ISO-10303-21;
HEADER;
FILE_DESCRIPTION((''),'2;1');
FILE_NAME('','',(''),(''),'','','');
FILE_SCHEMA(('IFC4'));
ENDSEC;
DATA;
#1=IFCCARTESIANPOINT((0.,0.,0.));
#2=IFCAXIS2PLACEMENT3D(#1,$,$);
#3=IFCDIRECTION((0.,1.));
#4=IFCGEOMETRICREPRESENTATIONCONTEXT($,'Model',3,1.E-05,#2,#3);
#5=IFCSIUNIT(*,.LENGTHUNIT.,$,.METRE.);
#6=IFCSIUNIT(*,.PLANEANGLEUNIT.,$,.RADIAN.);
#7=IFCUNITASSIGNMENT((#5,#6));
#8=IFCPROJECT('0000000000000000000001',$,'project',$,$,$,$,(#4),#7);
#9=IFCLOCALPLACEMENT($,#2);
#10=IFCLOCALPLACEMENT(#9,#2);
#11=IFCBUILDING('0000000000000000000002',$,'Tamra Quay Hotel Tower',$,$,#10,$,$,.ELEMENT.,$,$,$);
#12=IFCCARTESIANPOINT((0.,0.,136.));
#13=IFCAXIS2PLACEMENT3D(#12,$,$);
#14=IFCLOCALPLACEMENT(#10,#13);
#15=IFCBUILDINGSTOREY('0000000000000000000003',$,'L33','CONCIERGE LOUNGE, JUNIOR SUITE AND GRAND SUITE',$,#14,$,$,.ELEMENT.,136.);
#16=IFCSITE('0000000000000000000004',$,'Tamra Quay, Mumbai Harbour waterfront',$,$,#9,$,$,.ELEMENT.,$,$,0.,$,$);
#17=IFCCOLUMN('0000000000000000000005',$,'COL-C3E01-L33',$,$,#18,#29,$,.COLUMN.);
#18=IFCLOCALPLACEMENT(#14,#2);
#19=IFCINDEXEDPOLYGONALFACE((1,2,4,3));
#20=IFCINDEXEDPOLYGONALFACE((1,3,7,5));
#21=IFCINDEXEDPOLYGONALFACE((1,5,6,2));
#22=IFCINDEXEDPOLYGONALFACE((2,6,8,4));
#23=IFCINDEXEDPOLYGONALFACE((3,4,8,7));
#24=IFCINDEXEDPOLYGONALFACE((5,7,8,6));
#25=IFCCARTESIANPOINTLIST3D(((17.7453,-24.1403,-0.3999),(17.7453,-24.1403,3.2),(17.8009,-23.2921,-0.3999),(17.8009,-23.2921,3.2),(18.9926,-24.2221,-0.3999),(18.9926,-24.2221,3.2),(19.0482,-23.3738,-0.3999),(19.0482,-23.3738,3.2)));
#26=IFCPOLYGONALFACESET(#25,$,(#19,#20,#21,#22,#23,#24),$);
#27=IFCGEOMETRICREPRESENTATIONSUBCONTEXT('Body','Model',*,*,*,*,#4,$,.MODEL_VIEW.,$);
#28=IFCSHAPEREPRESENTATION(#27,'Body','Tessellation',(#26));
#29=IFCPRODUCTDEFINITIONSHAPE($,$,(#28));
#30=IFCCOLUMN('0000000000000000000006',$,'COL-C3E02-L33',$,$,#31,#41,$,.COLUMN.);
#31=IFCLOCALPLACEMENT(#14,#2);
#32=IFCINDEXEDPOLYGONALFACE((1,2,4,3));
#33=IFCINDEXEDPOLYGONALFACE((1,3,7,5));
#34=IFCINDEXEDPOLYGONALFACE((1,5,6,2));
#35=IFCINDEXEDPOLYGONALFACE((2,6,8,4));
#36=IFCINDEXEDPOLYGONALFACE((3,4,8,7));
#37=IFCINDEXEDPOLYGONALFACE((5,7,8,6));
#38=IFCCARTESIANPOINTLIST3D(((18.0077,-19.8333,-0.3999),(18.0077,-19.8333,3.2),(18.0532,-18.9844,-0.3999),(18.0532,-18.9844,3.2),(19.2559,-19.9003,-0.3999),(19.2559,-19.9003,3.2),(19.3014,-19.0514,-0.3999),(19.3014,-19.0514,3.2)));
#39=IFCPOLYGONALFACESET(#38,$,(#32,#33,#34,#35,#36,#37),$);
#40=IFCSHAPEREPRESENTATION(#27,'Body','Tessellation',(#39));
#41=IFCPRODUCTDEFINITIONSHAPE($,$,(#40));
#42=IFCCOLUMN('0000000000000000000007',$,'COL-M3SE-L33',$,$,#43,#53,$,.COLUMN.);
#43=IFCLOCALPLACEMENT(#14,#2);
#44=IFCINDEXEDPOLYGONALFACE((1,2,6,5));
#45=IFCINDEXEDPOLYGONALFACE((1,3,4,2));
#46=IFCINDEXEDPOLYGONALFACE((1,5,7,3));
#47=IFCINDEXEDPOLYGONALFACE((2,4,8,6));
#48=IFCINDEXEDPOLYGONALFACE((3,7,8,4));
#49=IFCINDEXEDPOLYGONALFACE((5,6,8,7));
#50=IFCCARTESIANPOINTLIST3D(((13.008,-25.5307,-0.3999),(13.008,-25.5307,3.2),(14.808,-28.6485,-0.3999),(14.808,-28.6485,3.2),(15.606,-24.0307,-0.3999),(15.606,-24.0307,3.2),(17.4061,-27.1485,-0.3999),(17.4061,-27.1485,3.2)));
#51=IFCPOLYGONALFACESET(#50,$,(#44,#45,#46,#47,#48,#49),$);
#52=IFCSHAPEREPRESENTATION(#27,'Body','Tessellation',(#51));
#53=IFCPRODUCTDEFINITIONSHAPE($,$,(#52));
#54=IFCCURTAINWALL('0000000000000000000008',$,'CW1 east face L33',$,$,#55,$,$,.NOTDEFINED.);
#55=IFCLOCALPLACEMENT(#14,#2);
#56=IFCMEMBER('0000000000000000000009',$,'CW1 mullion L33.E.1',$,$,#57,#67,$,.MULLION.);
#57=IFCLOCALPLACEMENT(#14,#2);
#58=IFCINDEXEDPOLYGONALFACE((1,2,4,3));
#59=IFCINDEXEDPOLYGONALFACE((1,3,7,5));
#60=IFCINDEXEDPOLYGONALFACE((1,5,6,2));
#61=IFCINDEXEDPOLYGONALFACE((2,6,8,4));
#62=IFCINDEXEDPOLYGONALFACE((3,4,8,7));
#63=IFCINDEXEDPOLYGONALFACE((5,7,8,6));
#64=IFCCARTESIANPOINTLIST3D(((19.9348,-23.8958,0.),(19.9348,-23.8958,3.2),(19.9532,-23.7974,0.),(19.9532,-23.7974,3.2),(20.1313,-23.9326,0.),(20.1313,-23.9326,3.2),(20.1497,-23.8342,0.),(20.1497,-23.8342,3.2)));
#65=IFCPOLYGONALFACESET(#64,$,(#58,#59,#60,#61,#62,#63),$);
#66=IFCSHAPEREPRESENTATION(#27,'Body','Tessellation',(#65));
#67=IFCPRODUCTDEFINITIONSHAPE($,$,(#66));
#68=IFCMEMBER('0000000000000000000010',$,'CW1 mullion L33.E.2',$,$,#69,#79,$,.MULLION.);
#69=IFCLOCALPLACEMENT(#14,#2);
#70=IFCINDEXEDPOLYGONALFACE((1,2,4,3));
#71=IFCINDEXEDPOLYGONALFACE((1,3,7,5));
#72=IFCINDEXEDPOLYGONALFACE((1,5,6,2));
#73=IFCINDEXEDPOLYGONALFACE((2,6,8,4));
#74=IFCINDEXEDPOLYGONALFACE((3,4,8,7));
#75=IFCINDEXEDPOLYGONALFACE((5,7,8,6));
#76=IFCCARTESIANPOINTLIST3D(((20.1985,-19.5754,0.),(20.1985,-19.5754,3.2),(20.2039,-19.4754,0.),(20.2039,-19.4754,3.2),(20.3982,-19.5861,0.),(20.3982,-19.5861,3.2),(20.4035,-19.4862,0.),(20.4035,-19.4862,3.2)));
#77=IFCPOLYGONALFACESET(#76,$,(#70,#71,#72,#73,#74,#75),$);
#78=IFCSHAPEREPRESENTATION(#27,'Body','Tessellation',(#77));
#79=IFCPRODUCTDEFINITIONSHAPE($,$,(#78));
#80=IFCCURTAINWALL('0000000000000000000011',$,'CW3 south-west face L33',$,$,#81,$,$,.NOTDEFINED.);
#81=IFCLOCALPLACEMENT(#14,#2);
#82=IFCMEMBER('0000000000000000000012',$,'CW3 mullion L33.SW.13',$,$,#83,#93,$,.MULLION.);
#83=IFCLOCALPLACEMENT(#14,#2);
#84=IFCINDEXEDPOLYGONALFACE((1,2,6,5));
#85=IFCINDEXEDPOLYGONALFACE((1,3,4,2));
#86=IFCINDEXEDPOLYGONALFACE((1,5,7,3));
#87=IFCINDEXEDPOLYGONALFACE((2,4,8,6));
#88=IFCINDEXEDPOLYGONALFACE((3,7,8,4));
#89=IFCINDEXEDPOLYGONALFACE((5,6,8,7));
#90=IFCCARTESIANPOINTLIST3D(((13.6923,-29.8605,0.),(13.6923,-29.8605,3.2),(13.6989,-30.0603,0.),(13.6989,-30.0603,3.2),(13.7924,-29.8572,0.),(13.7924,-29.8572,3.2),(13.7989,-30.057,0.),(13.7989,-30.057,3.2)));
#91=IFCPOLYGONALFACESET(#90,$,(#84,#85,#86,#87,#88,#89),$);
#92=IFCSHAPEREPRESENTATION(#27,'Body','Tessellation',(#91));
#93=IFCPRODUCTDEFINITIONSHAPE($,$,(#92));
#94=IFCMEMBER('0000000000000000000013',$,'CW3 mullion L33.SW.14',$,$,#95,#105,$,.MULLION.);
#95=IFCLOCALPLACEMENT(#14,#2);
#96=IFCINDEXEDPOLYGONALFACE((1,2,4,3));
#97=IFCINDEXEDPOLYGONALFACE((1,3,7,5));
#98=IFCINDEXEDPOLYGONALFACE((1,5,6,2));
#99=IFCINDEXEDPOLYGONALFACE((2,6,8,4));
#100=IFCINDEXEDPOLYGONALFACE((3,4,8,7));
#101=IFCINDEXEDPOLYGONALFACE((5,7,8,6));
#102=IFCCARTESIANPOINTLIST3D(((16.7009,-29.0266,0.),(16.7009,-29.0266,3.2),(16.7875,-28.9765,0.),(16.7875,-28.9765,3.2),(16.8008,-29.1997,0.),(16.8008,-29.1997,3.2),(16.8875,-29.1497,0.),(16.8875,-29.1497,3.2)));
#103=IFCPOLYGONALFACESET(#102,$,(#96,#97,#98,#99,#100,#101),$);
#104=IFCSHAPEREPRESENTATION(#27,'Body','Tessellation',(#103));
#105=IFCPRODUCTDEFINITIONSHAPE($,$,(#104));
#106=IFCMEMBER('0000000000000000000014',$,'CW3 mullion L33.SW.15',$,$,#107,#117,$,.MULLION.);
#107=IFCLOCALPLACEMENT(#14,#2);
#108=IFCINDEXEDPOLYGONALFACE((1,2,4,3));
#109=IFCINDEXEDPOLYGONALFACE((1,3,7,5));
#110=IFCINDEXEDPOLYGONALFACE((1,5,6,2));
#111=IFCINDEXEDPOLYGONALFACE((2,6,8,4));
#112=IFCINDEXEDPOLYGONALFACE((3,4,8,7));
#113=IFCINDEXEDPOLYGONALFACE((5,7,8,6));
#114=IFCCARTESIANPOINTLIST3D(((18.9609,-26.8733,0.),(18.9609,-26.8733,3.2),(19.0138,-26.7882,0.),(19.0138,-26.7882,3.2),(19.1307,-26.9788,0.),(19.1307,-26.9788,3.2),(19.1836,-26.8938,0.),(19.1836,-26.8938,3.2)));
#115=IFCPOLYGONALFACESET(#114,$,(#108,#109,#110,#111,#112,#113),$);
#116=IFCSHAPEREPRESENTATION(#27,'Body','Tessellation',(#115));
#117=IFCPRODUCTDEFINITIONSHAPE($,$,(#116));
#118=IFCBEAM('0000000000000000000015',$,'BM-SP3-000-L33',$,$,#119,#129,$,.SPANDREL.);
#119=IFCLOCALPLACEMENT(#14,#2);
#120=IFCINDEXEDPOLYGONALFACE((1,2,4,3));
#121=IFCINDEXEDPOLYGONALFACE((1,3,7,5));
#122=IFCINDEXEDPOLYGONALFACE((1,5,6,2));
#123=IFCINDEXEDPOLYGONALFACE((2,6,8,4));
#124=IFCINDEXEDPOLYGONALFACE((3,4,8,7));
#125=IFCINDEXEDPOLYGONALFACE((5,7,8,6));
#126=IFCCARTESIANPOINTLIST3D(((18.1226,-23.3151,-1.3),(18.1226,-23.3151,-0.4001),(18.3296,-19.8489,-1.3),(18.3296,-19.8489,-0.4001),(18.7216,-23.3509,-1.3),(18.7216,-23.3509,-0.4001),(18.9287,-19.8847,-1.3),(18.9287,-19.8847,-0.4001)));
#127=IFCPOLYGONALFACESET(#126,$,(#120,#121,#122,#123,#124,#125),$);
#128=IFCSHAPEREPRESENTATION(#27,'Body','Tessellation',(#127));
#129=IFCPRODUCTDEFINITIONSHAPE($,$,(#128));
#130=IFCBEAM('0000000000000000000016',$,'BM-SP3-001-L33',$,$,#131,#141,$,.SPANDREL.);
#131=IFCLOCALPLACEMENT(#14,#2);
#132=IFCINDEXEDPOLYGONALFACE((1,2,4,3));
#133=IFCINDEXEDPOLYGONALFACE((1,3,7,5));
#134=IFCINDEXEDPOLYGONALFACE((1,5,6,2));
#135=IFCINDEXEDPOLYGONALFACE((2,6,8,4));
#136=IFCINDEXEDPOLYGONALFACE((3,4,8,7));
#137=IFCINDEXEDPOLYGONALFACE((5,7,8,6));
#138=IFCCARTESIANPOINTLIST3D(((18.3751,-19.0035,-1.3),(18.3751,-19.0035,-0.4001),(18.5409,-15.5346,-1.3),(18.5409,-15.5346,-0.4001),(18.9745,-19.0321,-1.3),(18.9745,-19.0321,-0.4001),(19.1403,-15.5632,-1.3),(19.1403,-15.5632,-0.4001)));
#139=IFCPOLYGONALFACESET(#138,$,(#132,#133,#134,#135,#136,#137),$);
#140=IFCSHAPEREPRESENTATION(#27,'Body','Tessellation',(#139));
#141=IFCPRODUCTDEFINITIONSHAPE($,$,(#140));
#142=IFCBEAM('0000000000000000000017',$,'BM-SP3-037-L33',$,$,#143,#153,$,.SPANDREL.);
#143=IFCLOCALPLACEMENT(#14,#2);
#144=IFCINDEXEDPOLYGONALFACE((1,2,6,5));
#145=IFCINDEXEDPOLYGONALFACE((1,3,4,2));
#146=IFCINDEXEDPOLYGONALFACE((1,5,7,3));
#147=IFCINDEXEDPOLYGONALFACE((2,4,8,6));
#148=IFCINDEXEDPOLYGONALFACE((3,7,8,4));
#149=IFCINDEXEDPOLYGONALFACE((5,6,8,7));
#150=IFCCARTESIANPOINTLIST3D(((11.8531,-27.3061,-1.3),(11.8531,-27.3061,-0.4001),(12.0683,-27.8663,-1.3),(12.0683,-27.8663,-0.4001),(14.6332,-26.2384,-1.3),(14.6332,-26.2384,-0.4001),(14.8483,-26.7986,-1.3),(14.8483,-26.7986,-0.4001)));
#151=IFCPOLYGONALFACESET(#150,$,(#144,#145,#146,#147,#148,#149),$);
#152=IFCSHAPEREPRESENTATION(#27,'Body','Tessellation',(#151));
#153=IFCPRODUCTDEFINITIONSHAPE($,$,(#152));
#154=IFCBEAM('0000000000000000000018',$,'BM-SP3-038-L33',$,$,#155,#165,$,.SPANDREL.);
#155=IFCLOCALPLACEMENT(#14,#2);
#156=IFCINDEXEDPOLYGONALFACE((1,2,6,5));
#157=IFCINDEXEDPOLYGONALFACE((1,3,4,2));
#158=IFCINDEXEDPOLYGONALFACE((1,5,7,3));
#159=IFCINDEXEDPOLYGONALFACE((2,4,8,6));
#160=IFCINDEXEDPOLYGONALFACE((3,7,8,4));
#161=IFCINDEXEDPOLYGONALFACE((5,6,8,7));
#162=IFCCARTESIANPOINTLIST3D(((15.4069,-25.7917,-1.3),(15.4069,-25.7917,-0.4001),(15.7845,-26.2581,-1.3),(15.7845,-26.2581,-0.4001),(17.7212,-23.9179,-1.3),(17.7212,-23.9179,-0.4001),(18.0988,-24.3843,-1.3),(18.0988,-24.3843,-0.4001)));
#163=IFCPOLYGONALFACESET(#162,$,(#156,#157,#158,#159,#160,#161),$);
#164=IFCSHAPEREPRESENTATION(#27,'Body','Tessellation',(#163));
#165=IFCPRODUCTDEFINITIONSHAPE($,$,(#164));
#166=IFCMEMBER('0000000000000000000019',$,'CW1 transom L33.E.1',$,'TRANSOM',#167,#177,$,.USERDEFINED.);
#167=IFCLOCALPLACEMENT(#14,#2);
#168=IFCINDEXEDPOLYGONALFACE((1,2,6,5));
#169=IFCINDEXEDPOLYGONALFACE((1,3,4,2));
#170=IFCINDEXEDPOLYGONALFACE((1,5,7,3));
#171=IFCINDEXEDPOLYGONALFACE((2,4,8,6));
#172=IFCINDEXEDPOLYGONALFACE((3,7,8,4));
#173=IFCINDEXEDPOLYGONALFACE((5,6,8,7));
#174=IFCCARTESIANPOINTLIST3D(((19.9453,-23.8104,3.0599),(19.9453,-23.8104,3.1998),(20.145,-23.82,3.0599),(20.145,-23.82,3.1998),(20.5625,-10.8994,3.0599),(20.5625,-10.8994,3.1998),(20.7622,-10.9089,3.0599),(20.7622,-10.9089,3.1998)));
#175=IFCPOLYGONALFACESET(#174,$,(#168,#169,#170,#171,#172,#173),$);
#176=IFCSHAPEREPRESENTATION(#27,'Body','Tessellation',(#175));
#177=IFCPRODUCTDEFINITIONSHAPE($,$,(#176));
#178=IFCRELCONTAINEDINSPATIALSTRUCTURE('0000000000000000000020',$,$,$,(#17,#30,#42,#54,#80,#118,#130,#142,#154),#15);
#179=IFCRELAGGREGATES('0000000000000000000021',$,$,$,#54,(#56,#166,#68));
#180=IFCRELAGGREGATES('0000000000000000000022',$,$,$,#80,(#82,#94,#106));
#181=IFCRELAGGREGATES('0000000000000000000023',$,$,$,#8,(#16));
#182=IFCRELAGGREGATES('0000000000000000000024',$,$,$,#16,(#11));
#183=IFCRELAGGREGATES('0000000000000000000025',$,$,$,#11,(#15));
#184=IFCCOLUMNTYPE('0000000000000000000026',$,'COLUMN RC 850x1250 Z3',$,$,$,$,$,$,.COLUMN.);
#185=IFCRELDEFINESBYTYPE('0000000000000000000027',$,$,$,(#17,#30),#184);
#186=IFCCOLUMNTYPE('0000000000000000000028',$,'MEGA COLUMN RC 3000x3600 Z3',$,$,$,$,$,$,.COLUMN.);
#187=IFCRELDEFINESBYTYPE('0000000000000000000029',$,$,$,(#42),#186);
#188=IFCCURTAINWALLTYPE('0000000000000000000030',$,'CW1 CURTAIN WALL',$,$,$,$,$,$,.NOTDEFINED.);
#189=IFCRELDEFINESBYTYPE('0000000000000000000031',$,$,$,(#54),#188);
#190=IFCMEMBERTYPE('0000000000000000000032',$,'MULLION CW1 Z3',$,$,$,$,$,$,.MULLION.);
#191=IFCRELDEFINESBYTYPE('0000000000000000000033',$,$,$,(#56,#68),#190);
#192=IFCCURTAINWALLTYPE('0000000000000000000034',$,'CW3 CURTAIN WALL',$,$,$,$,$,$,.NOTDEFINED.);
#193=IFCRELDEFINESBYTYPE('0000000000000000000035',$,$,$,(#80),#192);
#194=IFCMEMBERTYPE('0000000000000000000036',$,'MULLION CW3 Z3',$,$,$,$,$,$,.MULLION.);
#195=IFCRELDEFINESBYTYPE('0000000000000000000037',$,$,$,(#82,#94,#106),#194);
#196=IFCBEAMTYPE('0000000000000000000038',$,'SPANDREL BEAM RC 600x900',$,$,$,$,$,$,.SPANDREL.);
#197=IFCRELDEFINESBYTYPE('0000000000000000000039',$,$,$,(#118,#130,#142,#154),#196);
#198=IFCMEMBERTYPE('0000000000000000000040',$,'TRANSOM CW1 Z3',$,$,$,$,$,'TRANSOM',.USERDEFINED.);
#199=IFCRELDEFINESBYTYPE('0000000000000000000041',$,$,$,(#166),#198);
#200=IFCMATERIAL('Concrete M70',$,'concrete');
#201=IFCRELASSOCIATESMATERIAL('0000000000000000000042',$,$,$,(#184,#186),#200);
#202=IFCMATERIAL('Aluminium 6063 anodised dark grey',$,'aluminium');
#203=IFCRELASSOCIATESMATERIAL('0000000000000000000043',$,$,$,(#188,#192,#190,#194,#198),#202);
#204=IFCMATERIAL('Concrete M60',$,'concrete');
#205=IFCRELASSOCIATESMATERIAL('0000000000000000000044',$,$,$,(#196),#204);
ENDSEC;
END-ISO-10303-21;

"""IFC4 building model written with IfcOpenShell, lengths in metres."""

from ifc_helpers import new_model, si_unit, direction, frame, origin, origin_2d, place, context, subcontext, project, spatial, rectangle, extrude, material, material_profile, profile_set, type_object, element, aggregate, save


model = new_model("IFC4")

# Units and contexts
model_context = context("Model", 3, precision=1e-05, world=origin(), true_north=direction((0.0, 1.0)))
body_context = subcontext(model_context, "Body", "Model", "MODEL_VIEW")
ifc_project = project(units=[si_unit("LENGTHUNIT", "METRE"), si_unit("PLANEANGLEUNIT", "RADIAN")], contexts=[model_context])

# Site, building, storey
site_placement = place(None, origin())
site = spatial("IfcSite", under=ifc_project, at=site_placement, Name="Tamra Quay, Mumbai Harbour waterfront", CompositionType="ELEMENT", RefElevation=0.0)
building_placement = place(site_placement, origin())
building = spatial("IfcBuilding", under=site, at=building_placement, Name="Tamra Quay Hotel Tower", CompositionType="ELEMENT")
storey_placement = place(building_placement, frame((0.0, 0.0, 136.0)))
storey = spatial("IfcBuildingStorey", under=building, at=storey_placement, Name="L33", Description="CONCIERGE LOUNGE, JUNIOR SUITE AND GRAND SUITE", CompositionType="ELEMENT", Elevation=136.0)

# Columns
ifc_material_1 = material(Name="Concrete M70", Category="concrete")
ifc_material_profile_1 = material_profile(ifc_material_1, rectangle(XDim=1.25, YDim=0.8501, at=origin_2d()), Name="COLUMN RC 850x1250 Z3")
ifc_profile_set_1 = profile_set([ifc_material_profile_1], Name="Concrete M70")
column_type_1 = type_object("IfcColumnType", Name="COLUMN RC 850x1250 Z3", PredefinedType="COLUMN", material=ifc_profile_set_1)
for number, where, z_axis, x_axis, name in (
    (1, (18.3967, -23.7571, -0.3999), (0.0, 0.0, 1.0), (-0.997858, 0.065419, 0.0), "COL-C3E01-L33"),
    (2, (18.6545, -19.4424, -0.3999), (0.0, 0.0, 1.0), (-0.998562, 0.053603, 0.0), "COL-C3E02-L33"),
):
    element("IfcColumn", number, at=place(storey_placement, frame(where, z_axis=z_axis, x_axis=x_axis)), inside=storey, type_object=column_type_1, Name=name, PredefinedType="COLUMN", context=body_context, shape_type="SweptSolid", body=[
        extrude(rectangle(XDim=1.25, YDim=0.8501, at=origin_2d()), origin(), (0.0, 0.0, 1.0), 3.5999),
    ])
ifc_material_profile_2 = material_profile(ifc_material_1, rectangle(XDim=3.6001, YDim=3.0, at=origin_2d()), Name="MEGA COLUMN RC 3000x3600 Z3")
ifc_profile_set_2 = profile_set([ifc_material_profile_2], Name="Concrete M70")
column_type_2 = type_object("IfcColumnType", Name="MEGA COLUMN RC 3000x3600 Z3", PredefinedType="COLUMN", material=ifc_profile_set_2)
column_placement = place(storey_placement, frame((15.207, -26.3396, -0.3999), z_axis=(0.0, 0.0, 1.0), x_axis=(-0.5, 0.866025, 0.0)))
element("IfcColumn", 3, at=column_placement, inside=storey, type_object=column_type_2, Name="COL-M3SE-L33", PredefinedType="COLUMN", context=body_context, shape_type="SweptSolid", body=[
    extrude(rectangle(XDim=3.6001, YDim=3.0, at=origin_2d()), origin(), (0.0, 0.0, 1.0), 3.5999),
])

# Curtain walls, members
ifc_material_2 = material(Name="Aluminium 6063 anodised dark grey", Category="aluminium")
curtain_wall_type_1 = type_object("IfcCurtainWallType", Name="CW1 CURTAIN WALL", PredefinedType="NOTDEFINED", material=ifc_material_2)
curtain_wall_1_placement = place(storey_placement, origin())
curtain_wall_1 = element("IfcCurtainWall", 4, at=curtain_wall_1_placement, inside=storey, type_object=curtain_wall_type_1, Name="CW1 east face L33", PredefinedType="NOTDEFINED")
ifc_material_profile_3 = material_profile(ifc_material_2, rectangle(XDim=0.2, YDim=0.1001, at=origin_2d()), Name="MULLION 100X200")
ifc_profile_set_3 = profile_set([ifc_material_profile_3], Name="Aluminium 6063 anodised dark grey")
member_type_1 = type_object("IfcMemberType", Name="MULLION CW1 Z3", PredefinedType="MULLION", material=ifc_profile_set_3)
member_1_placement = place(storey_placement, frame((20.0422, -23.865, 0.0), z_axis=(0.0, 0.0, 1.0), x_axis=(0.982883, -0.18423, 0.0)))
member_1 = element("IfcMember", 5, at=member_1_placement, type_object=member_type_1, Name="CW1 mullion L33.E.1", PredefinedType="MULLION", context=body_context, shape_type="SweptSolid", body=[
    extrude(rectangle(XDim=0.2, YDim=0.1001, at=origin_2d()), origin(), (0.0, 0.0, 1.0), 3.2),
])
member_2_placement = place(storey_placement, frame((20.301, -19.5308, 0.0), z_axis=(0.0, 0.0, 1.0), x_axis=(0.998557, -0.053695, 0.0)))
member_2 = element("IfcMember", 6, at=member_2_placement, type_object=member_type_1, Name="CW1 mullion L33.E.2", PredefinedType="MULLION", context=body_context, shape_type="SweptSolid", body=[
    extrude(rectangle(XDim=0.2, YDim=0.1001, at=origin_2d()), origin(), (0.0, 0.0, 1.0), 3.2),
])
curtain_wall_type_2 = type_object("IfcCurtainWallType", Name="CW3 CURTAIN WALL", PredefinedType="NOTDEFINED", material=ifc_material_2)
curtain_wall_2_placement = place(storey_placement, origin())
curtain_wall_2 = element("IfcCurtainWall", 7, at=curtain_wall_2_placement, inside=storey, type_object=curtain_wall_type_2, Name="CW3 south-west face L33", PredefinedType="NOTDEFINED")
ifc_material_profile_4 = material_profile(ifc_material_2, rectangle(XDim=0.2, YDim=0.1001, at=origin_2d()), Name="MULLION 100X200")
ifc_profile_set_4 = profile_set([ifc_material_profile_4], Name="Aluminium 6063 anodised dark grey")
member_type_2 = type_object("IfcMemberType", Name="MULLION CW3 Z3", PredefinedType="MULLION", material=ifc_profile_set_4)
member_3_placement = place(storey_placement, frame((13.7456, -29.9587, 0.0), z_axis=(0.0, 0.0, 1.0), x_axis=(0.032727, -0.999464, 0.0)))
member_3 = element("IfcMember", 8, at=member_3_placement, type_object=member_type_2, Name="CW3 mullion L33.SW.13", PredefinedType="MULLION", context=body_context, shape_type="SweptSolid", body=[
    extrude(rectangle(XDim=0.2, YDim=0.1001, at=origin_2d()), origin(), (0.0, 0.0, 1.0), 3.2),
])
member_4_placement = place(storey_placement, frame((16.7942, -29.0881, 0.0), z_axis=(0.0, 0.0, 1.0), x_axis=(0.5, -0.866025, 0.0)))
member_4 = element("IfcMember", 9, at=member_4_placement, type_object=member_type_2, Name="CW3 mullion L33.SW.14", PredefinedType="MULLION", context=body_context, shape_type="SweptSolid", body=[
    extrude(rectangle(XDim=0.2, YDim=0.1001, at=origin_2d()), origin(), (0.0, 0.0, 1.0), 3.2),
])
member_5_placement = place(storey_placement, frame((19.0723, -26.8835, 0.0), z_axis=(0.0, 0.0, 1.0), x_axis=(0.849198, -0.528075, 0.0)))
member_5 = element("IfcMember", 10, at=member_5_placement, type_object=member_type_2, Name="CW3 mullion L33.SW.15", PredefinedType="MULLION", context=body_context, shape_type="SweptSolid", body=[
    extrude(rectangle(XDim=0.2, YDim=0.1001, at=origin_2d()), origin(), (0.0, 0.0, 1.0), 3.2),
])

# Beams
ifc_material_3 = material(Name="Concrete M60", Category="concrete")
ifc_material_profile_5 = material_profile(ifc_material_3, rectangle(XDim=0.6001, YDim=0.8999, at=origin_2d()), Name="SPANDREL BEAM RC 600x900")
ifc_profile_set_5 = profile_set([ifc_material_profile_5], Name="Concrete M60")
beam_type = type_object("IfcBeamType", Name="SPANDREL BEAM RC 600x900", PredefinedType="SPANDREL", material=ifc_profile_set_5)
beam_1_placement = place(storey_placement, frame((18.4221, -23.333, -0.8501), z_axis=(0.05962, 0.998221, 0.0), x_axis=(-0.998221, 0.05962, 0.0)))
element("IfcBeam", 11, at=beam_1_placement, inside=storey, type_object=beam_type, Name="BM-SP3-000-L33", PredefinedType="SPANDREL", context=body_context, shape_type="SweptSolid", body=[
    extrude(rectangle(XDim=0.6001, YDim=0.8999, at=origin_2d()), origin(), (0.0, 0.0, 1.0), 3.4724),
])
beam_2_placement = place(storey_placement, frame((18.6748, -19.0178, -0.8501), z_axis=(0.047732, 0.99886, 0.0), x_axis=(-0.99886, 0.047732, 0.0)))
element("IfcBeam", 12, at=beam_2_placement, inside=storey, type_object=beam_type, Name="BM-SP3-001-L33", PredefinedType="SPANDREL", context=body_context, shape_type="SweptSolid", body=[
    extrude(rectangle(XDim=0.6001, YDim=0.8999, at=origin_2d()), origin(), (0.0, 0.0, 1.0), 3.4729),
])
beam_3_placement = place(storey_placement, frame((11.9607, -27.5862, -0.8501), z_axis=(0.933527, 0.358507, 0.0), x_axis=(-0.358507, 0.933527, 0.0)))
element("IfcBeam", 13, at=beam_3_placement, inside=storey, type_object=beam_type, Name="BM-SP3-037-L33", PredefinedType="SPANDREL", context=body_context, shape_type="SweptSolid", body=[
    extrude(rectangle(XDim=0.6001, YDim=0.8999, at=origin_2d()), origin(), (0.0, 0.0, 1.0), 2.978),
])
beam_4_placement = place(storey_placement, frame((15.5957, -26.0249, -0.8501), z_axis=(0.777184, 0.629274, 0.0), x_axis=(-0.629274, 0.777184, 0.0)))
element("IfcBeam", 14, at=beam_4_placement, inside=storey, type_object=beam_type, Name="BM-SP3-038-L33", PredefinedType="SPANDREL", context=body_context, shape_type="SweptSolid", body=[
    extrude(rectangle(XDim=0.6001, YDim=0.8999, at=origin_2d()), origin(), (0.0, 0.0, 1.0), 2.9778),
])

# Member
ifc_material_profile_6 = material_profile(ifc_material_2, rectangle(XDim=0.2, YDim=0.1399, at=origin_2d()), Name="TRANSOM 200X140")
ifc_profile_set_6 = profile_set([ifc_material_profile_6], Name="Aluminium 6063 anodised dark grey")
member_type_3 = type_object("IfcMemberType", Name="TRANSOM CW1 Z3", ElementType="TRANSOM", PredefinedType="USERDEFINED", material=ifc_profile_set_6)
member_6_placement = place(storey_placement, frame((20.0452, -23.8152, 3.1299), z_axis=(0.047748, 0.998859, 0.0), x_axis=(-0.998859, 0.047748, 0.0)))
member_6 = element("IfcMember", 15, at=member_6_placement, type_object=member_type_3, Name="CW1 transom L33.E.1", ObjectType="TRANSOM", PredefinedType="USERDEFINED", context=body_context, shape_type="SweptSolid", body=[
    extrude(rectangle(XDim=0.2, YDim=0.1399, at=origin_2d()), origin(), (0.0, 0.0, 1.0), 12.9258),
])

aggregate(curtain_wall_1, [member_1, member_6, member_2])
aggregate(curtain_wall_2, [member_3, member_4, member_5])

save(model, "model.ifc")
